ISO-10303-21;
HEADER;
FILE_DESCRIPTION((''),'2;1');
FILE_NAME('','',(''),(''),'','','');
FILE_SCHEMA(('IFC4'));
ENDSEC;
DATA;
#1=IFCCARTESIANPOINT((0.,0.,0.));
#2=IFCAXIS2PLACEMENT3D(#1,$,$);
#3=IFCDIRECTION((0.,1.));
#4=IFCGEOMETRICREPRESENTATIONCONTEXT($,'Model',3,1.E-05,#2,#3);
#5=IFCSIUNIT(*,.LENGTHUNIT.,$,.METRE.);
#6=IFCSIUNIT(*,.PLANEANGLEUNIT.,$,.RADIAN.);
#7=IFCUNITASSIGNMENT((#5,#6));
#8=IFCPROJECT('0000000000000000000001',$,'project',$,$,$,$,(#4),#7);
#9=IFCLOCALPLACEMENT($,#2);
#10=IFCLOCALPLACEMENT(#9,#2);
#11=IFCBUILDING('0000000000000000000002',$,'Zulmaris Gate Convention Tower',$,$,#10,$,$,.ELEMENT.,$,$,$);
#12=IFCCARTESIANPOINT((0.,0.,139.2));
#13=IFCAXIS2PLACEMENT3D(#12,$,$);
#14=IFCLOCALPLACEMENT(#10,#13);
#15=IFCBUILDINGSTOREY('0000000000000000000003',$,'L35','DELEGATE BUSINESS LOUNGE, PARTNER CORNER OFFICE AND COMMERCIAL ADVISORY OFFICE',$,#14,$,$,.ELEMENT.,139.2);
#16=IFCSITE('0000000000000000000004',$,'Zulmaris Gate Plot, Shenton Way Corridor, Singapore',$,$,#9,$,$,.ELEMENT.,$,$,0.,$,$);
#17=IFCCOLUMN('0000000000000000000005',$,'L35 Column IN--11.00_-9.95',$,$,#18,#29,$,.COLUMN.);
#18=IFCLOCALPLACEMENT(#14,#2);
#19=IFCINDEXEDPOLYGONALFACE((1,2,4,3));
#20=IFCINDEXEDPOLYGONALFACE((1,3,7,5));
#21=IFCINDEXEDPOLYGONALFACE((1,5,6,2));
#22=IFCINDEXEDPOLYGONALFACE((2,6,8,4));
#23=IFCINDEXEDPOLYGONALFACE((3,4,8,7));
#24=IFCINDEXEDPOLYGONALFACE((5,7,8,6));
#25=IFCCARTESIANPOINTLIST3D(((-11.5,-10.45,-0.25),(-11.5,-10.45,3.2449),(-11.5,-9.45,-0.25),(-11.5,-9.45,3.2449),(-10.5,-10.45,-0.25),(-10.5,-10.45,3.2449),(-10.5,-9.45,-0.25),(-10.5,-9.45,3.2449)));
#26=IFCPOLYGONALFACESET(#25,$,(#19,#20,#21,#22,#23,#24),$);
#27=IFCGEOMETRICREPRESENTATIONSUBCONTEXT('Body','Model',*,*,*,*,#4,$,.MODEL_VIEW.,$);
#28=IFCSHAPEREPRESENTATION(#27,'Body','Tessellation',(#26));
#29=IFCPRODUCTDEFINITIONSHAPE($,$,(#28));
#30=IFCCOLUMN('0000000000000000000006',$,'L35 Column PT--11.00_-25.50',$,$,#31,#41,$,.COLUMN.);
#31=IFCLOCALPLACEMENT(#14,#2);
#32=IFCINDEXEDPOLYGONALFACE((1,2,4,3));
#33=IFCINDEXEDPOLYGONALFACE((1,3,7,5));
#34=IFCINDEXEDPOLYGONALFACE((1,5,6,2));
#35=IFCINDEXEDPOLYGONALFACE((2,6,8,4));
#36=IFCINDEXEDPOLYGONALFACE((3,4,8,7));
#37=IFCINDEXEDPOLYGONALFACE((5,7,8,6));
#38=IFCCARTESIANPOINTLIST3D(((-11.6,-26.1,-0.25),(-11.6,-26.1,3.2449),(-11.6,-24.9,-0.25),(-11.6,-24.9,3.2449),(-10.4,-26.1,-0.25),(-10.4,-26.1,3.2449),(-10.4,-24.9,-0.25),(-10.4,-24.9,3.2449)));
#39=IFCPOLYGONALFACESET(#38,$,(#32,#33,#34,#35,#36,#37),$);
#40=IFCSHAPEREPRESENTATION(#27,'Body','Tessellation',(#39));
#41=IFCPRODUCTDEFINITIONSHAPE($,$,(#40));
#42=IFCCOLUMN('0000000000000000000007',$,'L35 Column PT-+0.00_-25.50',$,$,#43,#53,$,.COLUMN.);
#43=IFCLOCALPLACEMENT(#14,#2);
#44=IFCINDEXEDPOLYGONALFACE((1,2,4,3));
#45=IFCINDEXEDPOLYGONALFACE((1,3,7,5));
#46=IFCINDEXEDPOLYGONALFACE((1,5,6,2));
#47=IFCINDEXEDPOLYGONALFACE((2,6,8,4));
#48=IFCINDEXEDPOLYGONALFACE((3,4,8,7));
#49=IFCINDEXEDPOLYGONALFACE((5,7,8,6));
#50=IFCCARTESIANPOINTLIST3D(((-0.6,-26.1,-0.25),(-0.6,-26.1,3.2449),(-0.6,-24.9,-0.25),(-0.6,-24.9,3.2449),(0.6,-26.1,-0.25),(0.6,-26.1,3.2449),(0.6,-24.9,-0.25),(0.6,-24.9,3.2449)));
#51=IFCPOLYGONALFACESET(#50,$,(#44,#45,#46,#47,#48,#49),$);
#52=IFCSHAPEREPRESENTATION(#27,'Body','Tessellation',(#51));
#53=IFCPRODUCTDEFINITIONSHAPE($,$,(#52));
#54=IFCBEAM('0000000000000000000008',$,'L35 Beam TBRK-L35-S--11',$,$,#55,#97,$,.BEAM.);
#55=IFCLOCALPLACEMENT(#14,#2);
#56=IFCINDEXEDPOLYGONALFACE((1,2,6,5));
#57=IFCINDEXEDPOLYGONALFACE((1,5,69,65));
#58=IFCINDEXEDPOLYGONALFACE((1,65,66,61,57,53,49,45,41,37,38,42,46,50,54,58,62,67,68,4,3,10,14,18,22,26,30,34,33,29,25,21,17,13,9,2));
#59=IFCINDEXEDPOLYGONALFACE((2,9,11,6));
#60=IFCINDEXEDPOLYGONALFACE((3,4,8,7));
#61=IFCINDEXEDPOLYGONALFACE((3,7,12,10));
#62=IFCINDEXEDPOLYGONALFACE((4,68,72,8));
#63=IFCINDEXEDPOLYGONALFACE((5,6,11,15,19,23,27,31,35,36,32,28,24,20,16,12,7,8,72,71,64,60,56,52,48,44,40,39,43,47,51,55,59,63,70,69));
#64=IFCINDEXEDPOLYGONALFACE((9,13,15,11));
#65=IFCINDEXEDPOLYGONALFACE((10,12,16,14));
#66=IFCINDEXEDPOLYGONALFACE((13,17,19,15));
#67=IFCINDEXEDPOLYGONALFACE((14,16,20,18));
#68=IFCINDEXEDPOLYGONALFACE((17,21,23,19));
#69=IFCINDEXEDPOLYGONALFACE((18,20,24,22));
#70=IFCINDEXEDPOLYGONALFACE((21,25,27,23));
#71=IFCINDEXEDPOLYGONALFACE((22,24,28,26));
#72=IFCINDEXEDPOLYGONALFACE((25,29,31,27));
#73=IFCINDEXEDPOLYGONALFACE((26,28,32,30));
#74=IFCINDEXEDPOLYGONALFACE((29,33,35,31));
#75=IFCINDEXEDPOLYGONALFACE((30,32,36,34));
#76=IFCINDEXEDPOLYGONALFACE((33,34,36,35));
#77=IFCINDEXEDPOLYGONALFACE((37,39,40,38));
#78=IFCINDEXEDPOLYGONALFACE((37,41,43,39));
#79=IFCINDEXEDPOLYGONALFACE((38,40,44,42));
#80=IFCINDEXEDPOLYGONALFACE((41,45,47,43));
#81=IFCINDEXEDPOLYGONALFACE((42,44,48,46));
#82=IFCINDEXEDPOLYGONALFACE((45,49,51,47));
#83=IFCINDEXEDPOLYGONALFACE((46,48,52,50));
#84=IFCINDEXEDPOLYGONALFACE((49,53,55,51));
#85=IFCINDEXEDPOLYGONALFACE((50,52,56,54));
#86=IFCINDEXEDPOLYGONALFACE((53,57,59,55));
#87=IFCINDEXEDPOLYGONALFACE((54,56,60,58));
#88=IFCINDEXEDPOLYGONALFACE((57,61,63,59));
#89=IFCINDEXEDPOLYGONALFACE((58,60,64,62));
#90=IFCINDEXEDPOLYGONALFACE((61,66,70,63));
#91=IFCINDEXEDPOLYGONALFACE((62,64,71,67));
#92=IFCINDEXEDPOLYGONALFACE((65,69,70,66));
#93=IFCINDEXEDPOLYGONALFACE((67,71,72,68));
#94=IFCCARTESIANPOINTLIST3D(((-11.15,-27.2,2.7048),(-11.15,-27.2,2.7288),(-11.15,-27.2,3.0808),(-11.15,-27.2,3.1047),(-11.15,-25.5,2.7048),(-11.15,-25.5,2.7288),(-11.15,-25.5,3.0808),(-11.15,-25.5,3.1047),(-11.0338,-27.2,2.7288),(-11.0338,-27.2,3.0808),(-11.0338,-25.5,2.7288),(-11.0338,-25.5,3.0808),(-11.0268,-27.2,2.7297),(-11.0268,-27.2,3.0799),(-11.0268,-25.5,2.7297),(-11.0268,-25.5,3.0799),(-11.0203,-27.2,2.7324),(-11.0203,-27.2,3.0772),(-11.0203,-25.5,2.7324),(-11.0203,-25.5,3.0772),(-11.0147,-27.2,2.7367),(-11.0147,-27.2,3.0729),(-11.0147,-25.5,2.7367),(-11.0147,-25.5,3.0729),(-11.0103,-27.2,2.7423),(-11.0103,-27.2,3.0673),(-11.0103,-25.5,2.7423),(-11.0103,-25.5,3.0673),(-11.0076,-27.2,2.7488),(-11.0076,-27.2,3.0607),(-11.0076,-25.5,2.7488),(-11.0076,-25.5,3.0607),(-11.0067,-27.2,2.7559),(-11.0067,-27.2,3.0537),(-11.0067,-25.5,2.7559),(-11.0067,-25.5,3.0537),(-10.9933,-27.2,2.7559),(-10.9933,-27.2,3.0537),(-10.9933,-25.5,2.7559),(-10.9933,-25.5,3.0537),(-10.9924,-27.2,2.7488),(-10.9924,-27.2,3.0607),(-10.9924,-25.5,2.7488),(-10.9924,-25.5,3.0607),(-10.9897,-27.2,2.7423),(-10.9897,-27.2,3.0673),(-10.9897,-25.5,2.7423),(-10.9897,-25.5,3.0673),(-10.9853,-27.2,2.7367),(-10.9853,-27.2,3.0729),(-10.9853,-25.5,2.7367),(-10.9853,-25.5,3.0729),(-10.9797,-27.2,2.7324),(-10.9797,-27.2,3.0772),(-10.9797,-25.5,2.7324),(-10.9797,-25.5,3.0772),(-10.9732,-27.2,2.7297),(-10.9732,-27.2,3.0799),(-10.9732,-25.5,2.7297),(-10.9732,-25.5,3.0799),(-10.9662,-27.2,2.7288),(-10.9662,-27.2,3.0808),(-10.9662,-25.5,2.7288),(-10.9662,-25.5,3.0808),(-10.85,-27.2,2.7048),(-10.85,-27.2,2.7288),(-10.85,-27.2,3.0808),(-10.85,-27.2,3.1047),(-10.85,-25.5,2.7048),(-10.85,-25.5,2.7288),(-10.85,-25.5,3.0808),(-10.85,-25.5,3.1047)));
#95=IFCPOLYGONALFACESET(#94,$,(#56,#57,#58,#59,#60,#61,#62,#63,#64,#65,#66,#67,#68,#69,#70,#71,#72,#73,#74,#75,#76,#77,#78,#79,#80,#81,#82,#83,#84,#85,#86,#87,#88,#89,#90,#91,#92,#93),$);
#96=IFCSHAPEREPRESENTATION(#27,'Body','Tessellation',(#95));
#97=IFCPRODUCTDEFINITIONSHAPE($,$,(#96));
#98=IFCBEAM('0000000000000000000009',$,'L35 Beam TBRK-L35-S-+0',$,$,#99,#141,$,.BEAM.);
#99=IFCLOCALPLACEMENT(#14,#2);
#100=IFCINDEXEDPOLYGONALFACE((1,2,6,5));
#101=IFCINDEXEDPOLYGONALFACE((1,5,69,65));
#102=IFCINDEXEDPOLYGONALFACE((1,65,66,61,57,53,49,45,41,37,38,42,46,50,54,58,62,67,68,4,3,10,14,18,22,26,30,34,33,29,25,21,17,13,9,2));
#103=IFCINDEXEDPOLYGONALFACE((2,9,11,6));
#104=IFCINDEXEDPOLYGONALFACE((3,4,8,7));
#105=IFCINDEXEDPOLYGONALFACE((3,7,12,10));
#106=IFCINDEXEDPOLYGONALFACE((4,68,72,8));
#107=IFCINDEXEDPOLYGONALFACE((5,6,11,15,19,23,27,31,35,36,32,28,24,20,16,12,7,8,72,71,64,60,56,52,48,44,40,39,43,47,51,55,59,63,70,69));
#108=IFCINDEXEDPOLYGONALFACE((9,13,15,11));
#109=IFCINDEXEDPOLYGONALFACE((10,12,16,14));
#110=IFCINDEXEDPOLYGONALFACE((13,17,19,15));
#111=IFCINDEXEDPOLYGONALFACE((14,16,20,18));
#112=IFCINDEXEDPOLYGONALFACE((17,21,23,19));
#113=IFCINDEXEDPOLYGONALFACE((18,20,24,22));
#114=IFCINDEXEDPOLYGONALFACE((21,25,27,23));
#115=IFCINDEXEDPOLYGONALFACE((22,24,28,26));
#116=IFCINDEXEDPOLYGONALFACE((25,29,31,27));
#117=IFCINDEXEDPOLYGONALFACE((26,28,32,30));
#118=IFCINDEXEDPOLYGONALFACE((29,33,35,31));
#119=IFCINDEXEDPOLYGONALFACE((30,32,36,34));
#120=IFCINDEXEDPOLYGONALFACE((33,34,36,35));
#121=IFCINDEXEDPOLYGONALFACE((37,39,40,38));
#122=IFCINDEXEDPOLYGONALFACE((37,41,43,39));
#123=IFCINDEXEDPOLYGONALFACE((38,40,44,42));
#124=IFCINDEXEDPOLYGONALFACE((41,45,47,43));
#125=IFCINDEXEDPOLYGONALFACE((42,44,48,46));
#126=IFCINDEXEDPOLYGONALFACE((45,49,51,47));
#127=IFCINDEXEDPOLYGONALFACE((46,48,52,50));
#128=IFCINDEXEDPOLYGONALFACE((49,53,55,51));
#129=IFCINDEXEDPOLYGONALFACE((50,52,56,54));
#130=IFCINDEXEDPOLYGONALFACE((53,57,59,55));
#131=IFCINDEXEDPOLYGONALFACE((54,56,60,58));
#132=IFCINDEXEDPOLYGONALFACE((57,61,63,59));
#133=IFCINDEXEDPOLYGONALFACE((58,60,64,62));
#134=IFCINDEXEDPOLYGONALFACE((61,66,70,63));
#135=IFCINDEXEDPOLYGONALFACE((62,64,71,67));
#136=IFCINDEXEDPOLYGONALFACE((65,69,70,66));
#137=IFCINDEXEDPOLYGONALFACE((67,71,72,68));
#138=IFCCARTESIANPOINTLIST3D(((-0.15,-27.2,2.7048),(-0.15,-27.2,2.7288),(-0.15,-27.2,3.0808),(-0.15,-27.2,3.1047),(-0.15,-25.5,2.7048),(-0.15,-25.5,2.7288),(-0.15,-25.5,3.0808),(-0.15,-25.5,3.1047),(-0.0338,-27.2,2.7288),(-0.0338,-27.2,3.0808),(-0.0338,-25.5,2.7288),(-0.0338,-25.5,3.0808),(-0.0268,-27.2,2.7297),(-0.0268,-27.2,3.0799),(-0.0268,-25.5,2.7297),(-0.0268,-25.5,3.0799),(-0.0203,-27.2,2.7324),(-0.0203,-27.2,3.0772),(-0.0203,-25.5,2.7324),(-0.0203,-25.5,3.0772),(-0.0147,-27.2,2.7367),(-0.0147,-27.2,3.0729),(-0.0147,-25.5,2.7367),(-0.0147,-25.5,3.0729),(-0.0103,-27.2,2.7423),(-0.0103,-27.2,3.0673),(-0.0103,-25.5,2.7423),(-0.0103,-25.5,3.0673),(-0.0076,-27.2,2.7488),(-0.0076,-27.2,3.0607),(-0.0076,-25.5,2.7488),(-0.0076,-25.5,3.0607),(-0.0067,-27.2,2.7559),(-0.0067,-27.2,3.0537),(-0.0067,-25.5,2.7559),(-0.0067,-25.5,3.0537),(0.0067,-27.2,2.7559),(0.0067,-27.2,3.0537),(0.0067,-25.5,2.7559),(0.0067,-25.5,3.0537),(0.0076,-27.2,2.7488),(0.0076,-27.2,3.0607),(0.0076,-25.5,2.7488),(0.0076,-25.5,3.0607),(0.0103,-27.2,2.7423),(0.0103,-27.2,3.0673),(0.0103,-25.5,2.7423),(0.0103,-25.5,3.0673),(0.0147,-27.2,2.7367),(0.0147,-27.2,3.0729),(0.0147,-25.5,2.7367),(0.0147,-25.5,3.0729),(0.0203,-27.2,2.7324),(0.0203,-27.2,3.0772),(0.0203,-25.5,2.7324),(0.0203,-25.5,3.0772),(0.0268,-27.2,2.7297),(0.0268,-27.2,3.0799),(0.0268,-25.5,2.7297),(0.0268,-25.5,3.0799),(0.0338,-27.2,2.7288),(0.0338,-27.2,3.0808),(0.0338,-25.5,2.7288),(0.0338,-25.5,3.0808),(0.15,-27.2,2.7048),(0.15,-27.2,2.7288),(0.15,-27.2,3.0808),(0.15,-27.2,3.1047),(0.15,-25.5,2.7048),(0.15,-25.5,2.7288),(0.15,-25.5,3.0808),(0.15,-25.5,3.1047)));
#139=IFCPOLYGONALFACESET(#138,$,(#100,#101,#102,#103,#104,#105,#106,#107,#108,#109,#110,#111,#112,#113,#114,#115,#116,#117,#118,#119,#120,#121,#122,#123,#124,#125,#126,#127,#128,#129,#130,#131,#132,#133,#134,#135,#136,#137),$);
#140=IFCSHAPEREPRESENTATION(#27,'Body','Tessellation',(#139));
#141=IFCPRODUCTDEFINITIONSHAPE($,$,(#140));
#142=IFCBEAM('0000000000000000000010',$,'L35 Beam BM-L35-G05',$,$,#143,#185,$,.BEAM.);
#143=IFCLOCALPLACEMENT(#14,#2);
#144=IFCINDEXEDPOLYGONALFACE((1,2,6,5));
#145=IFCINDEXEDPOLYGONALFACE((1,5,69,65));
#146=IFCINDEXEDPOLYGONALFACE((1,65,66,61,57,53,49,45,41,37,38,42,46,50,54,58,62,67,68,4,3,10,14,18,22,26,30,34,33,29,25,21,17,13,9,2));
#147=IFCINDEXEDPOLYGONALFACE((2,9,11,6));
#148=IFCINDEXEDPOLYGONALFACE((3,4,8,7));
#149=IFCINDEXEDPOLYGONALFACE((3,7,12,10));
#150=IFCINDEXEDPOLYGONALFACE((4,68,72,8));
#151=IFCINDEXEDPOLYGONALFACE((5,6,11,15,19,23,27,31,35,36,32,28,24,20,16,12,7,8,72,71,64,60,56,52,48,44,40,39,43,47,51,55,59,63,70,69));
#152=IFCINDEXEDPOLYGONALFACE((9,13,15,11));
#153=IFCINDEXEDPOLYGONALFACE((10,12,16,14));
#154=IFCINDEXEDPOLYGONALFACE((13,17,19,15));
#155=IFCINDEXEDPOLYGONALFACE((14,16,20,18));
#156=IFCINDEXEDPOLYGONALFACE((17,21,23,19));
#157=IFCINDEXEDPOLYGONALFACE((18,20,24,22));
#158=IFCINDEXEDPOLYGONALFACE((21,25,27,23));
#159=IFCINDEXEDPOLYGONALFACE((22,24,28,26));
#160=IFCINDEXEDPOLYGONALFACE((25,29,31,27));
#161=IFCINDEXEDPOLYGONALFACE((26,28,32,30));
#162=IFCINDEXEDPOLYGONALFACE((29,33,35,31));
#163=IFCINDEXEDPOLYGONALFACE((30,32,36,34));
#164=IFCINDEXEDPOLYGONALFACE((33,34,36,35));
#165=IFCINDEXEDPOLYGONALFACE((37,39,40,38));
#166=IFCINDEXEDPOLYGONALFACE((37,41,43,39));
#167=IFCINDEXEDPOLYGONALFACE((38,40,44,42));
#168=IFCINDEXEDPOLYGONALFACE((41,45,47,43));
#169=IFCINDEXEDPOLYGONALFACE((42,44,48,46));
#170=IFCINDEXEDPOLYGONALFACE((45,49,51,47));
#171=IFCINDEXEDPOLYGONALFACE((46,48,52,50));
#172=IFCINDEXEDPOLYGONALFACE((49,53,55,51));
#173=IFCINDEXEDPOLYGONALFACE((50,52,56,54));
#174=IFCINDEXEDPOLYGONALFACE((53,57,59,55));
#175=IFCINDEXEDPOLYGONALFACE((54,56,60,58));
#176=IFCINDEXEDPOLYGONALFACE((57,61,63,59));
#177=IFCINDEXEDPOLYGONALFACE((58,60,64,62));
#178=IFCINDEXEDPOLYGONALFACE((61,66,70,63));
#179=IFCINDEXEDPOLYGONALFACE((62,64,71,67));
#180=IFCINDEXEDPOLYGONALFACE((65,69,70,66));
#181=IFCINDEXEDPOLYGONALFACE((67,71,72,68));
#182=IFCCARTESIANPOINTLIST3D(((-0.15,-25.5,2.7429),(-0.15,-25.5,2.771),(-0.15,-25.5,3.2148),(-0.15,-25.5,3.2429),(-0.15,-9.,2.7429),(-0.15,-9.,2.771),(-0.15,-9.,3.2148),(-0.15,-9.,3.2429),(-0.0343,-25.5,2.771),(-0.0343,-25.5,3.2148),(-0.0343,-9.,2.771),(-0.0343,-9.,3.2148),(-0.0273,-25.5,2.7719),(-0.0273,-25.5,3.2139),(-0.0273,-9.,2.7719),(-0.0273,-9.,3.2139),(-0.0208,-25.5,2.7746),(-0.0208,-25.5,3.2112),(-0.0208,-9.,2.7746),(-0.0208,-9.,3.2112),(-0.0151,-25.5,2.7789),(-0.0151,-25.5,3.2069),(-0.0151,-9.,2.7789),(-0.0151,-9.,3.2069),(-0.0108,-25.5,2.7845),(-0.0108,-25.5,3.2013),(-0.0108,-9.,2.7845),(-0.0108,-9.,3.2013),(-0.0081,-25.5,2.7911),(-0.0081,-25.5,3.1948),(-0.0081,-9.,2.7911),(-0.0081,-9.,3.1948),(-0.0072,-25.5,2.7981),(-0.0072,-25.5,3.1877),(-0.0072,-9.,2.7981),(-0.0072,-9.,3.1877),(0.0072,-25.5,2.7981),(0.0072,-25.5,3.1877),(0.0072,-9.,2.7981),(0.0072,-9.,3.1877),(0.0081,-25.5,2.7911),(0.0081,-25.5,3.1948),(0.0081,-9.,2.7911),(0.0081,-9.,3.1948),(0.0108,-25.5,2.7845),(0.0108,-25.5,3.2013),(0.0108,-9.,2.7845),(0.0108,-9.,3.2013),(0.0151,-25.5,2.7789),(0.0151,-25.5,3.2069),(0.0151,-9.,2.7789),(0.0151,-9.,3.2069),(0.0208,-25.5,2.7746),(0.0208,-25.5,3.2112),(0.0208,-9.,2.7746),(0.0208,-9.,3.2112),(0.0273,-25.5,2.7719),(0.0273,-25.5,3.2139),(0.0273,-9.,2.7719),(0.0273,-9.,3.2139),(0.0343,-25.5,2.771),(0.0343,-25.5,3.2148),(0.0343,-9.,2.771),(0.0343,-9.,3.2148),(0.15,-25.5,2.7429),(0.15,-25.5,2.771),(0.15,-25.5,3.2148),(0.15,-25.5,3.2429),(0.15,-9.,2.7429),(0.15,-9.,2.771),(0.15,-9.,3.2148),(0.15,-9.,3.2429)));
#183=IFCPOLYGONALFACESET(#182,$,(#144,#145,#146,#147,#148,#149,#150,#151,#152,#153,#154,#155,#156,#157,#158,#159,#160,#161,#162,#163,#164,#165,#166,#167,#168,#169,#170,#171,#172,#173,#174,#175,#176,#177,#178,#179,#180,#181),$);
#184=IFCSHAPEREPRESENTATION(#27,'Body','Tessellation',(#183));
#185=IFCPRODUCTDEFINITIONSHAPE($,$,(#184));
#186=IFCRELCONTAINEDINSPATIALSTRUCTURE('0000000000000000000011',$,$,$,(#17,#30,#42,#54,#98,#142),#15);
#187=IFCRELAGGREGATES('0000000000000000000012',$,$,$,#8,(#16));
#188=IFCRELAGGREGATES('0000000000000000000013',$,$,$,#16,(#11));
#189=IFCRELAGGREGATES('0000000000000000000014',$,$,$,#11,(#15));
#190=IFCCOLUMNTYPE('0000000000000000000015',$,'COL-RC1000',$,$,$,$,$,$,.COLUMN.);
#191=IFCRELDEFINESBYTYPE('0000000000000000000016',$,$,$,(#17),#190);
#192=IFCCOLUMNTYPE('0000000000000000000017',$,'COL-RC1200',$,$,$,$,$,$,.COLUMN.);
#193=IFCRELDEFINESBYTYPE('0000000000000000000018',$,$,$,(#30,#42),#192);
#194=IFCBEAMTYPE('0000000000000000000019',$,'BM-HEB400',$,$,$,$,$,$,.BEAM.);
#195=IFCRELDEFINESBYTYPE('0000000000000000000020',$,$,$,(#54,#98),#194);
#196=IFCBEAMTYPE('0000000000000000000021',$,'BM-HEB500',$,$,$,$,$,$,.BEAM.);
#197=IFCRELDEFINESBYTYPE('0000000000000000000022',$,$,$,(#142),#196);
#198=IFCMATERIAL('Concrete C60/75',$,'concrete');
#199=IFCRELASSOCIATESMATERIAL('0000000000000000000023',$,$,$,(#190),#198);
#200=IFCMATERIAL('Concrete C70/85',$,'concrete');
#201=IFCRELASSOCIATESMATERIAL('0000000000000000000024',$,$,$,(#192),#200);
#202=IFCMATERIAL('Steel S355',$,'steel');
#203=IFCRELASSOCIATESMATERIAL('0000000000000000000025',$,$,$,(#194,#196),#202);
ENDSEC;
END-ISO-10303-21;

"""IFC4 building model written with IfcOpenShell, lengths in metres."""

from ifc_helpers import new_model, si_unit, direction, frame, origin, origin_2d, place, context, subcontext, project, spatial, rectangle, i_section, extrude, material, material_profile, profile_set, type_object, element, save


model = new_model("IFC4")

# Units and contexts
model_context = context("Model", 3, precision=1e-05, world=origin(), true_north=direction((0.0, 1.0)))
body_context = subcontext(model_context, "Body", "Model", "MODEL_VIEW")
ifc_project = project(units=[si_unit("LENGTHUNIT", "METRE"), si_unit("PLANEANGLEUNIT", "RADIAN")], contexts=[model_context])

# Site, building, storey
site_placement = place(None, origin())
site = spatial("IfcSite", under=ifc_project, at=site_placement, Name="Zulmaris Gate Plot, Shenton Way Corridor, Singapore", CompositionType="ELEMENT", RefElevation=0.0)
building_placement = place(site_placement, origin())
building = spatial("IfcBuilding", under=site, at=building_placement, Name="Zulmaris Gate Convention Tower", CompositionType="ELEMENT")
storey_placement = place(building_placement, frame((0.0, 0.0, 139.2)))
storey = spatial("IfcBuildingStorey", under=building, at=storey_placement, Name="L35", Description="DELEGATE BUSINESS LOUNGE, PARTNER CORNER OFFICE AND COMMERCIAL ADVISORY OFFICE", CompositionType="ELEMENT", Elevation=139.2)

# Columns
ifc_material_1 = material(Name="Concrete C60/75", Category="concrete")
ifc_material_profile_1 = material_profile(ifc_material_1, rectangle(XDim=1.0, YDim=1.0, at=origin_2d()), Name="RC COL 1000x1000")
ifc_profile_set_1 = profile_set([ifc_material_profile_1], Name="Concrete C60/75")
column_type_1 = type_object("IfcColumnType", Name="COL-RC1000", PredefinedType="COLUMN", material=ifc_profile_set_1)
column_placement = place(storey_placement, frame((-11.0, -9.95, -0.25), z_axis=(0.0, 0.0, 1.0), x_axis=(1.0, 0.0, 0.0)))
element("IfcColumn", 1, at=column_placement, inside=storey, type_object=column_type_1, Name="L35 Column IN--11.00_-9.95", PredefinedType="COLUMN", context=body_context, shape_type="SweptSolid", body=[
    extrude(rectangle(XDim=1.0, YDim=1.0, at=origin_2d()), origin(), (0.0, 0.0, 1.0), 3.4949),
])
ifc_material_2 = material(Name="Concrete C70/85", Category="concrete")
ifc_material_profile_2 = material_profile(ifc_material_2, rectangle(XDim=1.2, YDim=1.2, at=origin_2d()), Name="RC COL 1200x1200")
ifc_profile_set_2 = profile_set([ifc_material_profile_2], Name="Concrete C70/85")
column_type_2 = type_object("IfcColumnType", Name="COL-RC1200", PredefinedType="COLUMN", material=ifc_profile_set_2)
for number, where, z_axis, x_axis, name in (
    (2, (-11.0, -25.5, -0.25), (0.0, 0.0, 1.0), (1.0, 0.0, 0.0), "L35 Column PT--11.00_-25.50"),
    (3, (0.0, -25.5, -0.25), (0.0, 0.0, 1.0), (1.0, 0.0, 0.0), "L35 Column PT-+0.00_-25.50"),
):
    element("IfcColumn", number, at=place(storey_placement, frame(where, z_axis=z_axis, x_axis=x_axis)), inside=storey, type_object=column_type_2, Name=name, PredefinedType="COLUMN", context=body_context, shape_type="SweptSolid", body=[
        extrude(rectangle(XDim=1.2, YDim=1.2, at=origin_2d()), origin(), (0.0, 0.0, 1.0), 3.4949),
    ])

# Beams
ifc_material_3 = material(Name="Steel S355", Category="steel")
ifc_material_profile_3 = material_profile(ifc_material_3, i_section(OverallWidth=0.3, OverallDepth=0.3999, WebThickness=0.0134, FlangeThickness=0.0239, FilletRadius=0.0271, at=origin_2d()), Name="HEB 400")
ifc_profile_set_3 = profile_set([ifc_material_profile_3], Name="Steel S355")
beam_type_1 = type_object("IfcBeamType", Name="BM-HEB400", PredefinedType="BEAM", material=ifc_profile_set_3)
for number, where, z_axis, x_axis, name in (
    (4, (-11.0, -27.2, 2.9048), (0.0, 1.0, 0.0), (-1.0, 0.0, 0.0), "L35 Beam TBRK-L35-S--11"),
    (5, (0.0, -27.2, 2.9048), (0.0, 1.0, 0.0), (-1.0, 0.0, 0.0), "L35 Beam TBRK-L35-S-+0"),
):
    element("IfcBeam", number, at=place(storey_placement, frame(where, z_axis=z_axis, x_axis=x_axis)), inside=storey, type_object=beam_type_1, Name=name, PredefinedType="BEAM", context=body_context, shape_type="SweptSolid", body=[
        extrude(i_section(OverallWidth=0.3, OverallDepth=0.3999, WebThickness=0.0134, FlangeThickness=0.0239, FilletRadius=0.0271, at=origin_2d()), origin(), (0.0, 0.0, 1.0), 1.7),
    ])
ifc_material_profile_4 = material_profile(ifc_material_3, i_section(OverallWidth=0.3, OverallDepth=0.5, WebThickness=0.0144, FlangeThickness=0.0281, FilletRadius=0.0271, at=origin_2d()), Name="HEB 500")
ifc_profile_set_4 = profile_set([ifc_material_profile_4], Name="Steel S355")
beam_type_2 = type_object("IfcBeamType", Name="BM-HEB500", PredefinedType="BEAM", material=ifc_profile_set_4)
beam_1_placement = place(storey_placement, frame((0.0, -25.5, 2.9929), z_axis=(0.0, 1.0, 0.0), x_axis=(-1.0, 0.0, 0.0)))
element("IfcBeam", 6, at=beam_1_placement, inside=storey, type_object=beam_type_2, Name="L35 Beam BM-L35-G05", PredefinedType="BEAM", context=body_context, shape_type="SweptSolid", body=[
    extrude(i_section(OverallWidth=0.3, OverallDepth=0.5, WebThickness=0.0144, FlangeThickness=0.0281, FilletRadius=0.0271, at=origin_2d()), origin(), (0.0, 0.0, 1.0), 16.5),
])

save(model, "model.ifc")
